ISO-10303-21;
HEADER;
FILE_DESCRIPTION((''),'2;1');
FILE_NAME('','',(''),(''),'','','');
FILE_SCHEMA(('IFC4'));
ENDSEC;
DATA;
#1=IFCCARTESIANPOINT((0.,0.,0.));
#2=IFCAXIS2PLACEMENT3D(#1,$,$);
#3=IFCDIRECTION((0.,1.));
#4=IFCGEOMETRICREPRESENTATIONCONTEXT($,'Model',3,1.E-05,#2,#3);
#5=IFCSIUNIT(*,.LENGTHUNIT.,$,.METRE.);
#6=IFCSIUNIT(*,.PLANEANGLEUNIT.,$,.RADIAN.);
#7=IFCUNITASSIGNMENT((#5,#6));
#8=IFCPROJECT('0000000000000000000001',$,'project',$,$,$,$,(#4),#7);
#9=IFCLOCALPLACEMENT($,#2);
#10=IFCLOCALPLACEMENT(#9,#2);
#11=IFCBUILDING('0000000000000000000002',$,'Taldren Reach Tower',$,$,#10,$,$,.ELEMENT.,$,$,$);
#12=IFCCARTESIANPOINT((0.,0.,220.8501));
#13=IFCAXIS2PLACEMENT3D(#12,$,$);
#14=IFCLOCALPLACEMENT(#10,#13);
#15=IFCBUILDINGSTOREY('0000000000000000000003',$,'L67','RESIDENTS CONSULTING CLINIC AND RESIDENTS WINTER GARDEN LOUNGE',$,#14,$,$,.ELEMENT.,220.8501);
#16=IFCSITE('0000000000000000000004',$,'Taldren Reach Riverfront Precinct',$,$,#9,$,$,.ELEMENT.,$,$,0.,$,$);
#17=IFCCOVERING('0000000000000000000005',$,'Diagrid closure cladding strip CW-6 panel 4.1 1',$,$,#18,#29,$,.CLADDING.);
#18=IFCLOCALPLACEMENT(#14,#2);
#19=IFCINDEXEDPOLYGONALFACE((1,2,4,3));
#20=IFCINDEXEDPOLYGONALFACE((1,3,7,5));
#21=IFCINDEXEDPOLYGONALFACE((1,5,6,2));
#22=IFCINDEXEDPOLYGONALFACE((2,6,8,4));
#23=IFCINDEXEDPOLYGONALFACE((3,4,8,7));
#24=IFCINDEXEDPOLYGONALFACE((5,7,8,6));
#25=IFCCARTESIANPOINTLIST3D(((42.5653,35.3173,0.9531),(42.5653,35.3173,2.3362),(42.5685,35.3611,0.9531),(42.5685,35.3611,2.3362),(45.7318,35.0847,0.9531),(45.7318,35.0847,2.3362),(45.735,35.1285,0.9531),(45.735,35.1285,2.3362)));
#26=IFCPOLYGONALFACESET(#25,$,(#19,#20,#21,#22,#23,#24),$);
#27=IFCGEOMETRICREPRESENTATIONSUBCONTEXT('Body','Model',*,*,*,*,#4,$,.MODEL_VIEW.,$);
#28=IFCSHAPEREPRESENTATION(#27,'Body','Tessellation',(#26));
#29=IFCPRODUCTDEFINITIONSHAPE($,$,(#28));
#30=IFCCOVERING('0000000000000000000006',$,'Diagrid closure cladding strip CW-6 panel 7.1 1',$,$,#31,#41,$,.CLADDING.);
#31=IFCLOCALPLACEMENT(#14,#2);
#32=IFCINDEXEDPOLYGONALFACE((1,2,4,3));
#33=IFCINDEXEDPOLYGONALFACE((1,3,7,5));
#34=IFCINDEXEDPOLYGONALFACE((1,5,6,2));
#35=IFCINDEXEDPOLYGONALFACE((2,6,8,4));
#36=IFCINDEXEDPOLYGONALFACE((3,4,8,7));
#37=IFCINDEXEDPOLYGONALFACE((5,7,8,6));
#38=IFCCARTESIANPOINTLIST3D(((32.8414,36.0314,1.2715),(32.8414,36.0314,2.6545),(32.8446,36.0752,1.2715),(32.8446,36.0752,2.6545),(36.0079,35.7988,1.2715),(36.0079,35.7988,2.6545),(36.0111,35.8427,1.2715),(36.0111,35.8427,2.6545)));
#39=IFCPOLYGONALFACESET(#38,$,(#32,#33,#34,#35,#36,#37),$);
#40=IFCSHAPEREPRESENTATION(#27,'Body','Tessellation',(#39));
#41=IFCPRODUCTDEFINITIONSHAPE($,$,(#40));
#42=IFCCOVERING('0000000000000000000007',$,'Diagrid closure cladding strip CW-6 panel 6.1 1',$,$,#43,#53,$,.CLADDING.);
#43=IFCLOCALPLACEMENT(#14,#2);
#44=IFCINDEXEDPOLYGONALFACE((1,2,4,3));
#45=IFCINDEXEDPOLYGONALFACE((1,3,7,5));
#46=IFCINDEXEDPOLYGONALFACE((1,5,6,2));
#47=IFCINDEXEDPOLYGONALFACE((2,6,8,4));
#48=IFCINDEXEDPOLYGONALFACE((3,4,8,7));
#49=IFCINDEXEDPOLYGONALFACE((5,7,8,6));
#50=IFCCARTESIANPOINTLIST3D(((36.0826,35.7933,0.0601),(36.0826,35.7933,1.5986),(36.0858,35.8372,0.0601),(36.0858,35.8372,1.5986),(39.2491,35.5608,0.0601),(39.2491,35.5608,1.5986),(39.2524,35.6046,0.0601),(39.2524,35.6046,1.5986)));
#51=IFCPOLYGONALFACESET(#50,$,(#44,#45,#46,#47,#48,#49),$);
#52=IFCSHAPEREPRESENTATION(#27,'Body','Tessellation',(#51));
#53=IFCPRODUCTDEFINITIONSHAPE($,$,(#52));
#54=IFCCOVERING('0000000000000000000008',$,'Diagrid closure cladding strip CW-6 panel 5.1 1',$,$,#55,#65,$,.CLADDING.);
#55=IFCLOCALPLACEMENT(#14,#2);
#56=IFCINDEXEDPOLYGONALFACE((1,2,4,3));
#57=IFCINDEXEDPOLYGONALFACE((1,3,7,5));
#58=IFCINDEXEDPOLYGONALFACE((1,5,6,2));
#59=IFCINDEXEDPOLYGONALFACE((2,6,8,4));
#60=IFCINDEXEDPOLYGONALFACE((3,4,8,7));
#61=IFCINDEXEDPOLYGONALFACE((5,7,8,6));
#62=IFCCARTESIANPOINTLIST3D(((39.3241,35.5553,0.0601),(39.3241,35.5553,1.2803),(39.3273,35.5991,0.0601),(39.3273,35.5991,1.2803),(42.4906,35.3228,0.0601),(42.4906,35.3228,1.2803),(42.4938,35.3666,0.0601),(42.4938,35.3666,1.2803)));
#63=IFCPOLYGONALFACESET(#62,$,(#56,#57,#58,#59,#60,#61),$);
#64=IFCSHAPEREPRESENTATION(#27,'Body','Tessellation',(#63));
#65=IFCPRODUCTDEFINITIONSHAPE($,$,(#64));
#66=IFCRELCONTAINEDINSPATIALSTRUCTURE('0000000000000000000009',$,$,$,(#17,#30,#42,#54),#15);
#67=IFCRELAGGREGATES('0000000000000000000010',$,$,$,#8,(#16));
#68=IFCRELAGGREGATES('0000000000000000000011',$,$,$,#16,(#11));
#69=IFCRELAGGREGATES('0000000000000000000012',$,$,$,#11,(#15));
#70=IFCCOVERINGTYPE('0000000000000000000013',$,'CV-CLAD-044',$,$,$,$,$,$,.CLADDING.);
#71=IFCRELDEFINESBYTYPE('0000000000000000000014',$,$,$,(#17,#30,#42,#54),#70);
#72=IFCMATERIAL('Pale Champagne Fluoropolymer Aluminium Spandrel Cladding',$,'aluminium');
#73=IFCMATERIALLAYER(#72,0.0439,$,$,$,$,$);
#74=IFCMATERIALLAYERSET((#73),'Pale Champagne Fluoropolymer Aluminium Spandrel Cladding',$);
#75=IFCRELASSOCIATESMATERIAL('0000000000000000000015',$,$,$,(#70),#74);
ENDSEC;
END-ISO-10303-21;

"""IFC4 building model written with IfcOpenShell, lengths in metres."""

from ifc_helpers import new_model, si_unit, direction, frame, origin, origin_2d, place, context, subcontext, project, spatial, rectangle, extrude, source, transform, mapped, material, layer, layer_set, type_object, element, save


model = new_model("IFC4")

# Units and contexts
model_context = context("Model", 3, precision=1e-05, world=origin(), true_north=direction((0.0, 1.0)))
body_context = subcontext(model_context, "Body", "Model", "MODEL_VIEW")
ifc_project = project(units=[si_unit("LENGTHUNIT", "METRE"), si_unit("PLANEANGLEUNIT", "RADIAN")], contexts=[model_context])

# Site, building, storey
site_placement = place(None, origin())
site = spatial("IfcSite", under=ifc_project, at=site_placement, Name="Taldren Reach Riverfront Precinct", CompositionType="ELEMENT", RefElevation=0.0)
building_placement = place(site_placement, origin())
building = spatial("IfcBuilding", under=site, at=building_placement, Name="Taldren Reach Tower", CompositionType="ELEMENT")
storey_placement = place(building_placement, frame((0.0, 0.0, 220.8501)))
storey = spatial("IfcBuildingStorey", under=building, at=storey_placement, Name="L67", Description="RESIDENTS CONSULTING CLINIC AND RESIDENTS WINTER GARDEN LOUNGE", CompositionType="ELEMENT", Elevation=220.8501)

# Coverings
ifc_material_1 = material(Name="Pale Champagne Fluoropolymer Aluminium Spandrel Cladding", Category="aluminium")
ifc_layer_1 = layer(ifc_material_1, 0.0439)
ifc_layer_set_1 = layer_set([ifc_layer_1], Name="Pale Champagne Fluoropolymer Aluminium Spandrel Cladding")
covering_type = type_object("IfcCoveringType", Name="CV-CLAD-044", PredefinedType="CLADDING", material=ifc_layer_set_1)
shared_shape_1 = source(origin(), body_context, "Body", "SweptSolid", [
    extrude(rectangle(XDim=3.175, YDim=0.0439, at=origin_2d()), origin(), (0.0, 0.0, 1.0), 1.3831),
])
for number, where, z_axis, x_axis, name in (
    (1, (44.1501, 35.2229, 0.9531), (0.0, 0.0, 1.0), (-0.997314, 0.073238, 0.0), "Diagrid closure cladding strip CW-6 panel 4.1 1"),
    (2, (34.4263, 35.937, 1.2715), (0.0, 0.0, 1.0), (-0.997314, 0.073238, 0.0), "Diagrid closure cladding strip CW-6 panel 7.1 1"),
):
    element("IfcCovering", number, at=place(storey_placement, frame(where, z_axis=z_axis, x_axis=x_axis)), inside=storey, type_object=covering_type, Name=name, PredefinedType="CLADDING", context=body_context, shape_type="MappedRepresentation", body=[
        mapped(shared_shape_1, transform((0.0, 0.0, 0.0), scale=1.0)),
    ])
shared_shape_2 = source(origin(), body_context, "Body", "SweptSolid", [
    extrude(rectangle(XDim=3.175, YDim=0.0439, at=origin_2d()), origin(), (0.0, 0.0, 1.0), 1.5386),
])
covering_1_placement = place(storey_placement, frame((37.6675, 35.699, 0.0601), z_axis=(0.0, 0.0, 1.0), x_axis=(-0.997314, 0.073238, 0.0)))
element("IfcCovering", 3, at=covering_1_placement, inside=storey, type_object=covering_type, Name="Diagrid closure cladding strip CW-6 panel 6.1 1", PredefinedType="CLADDING", context=body_context, shape_type="MappedRepresentation", body=[
    mapped(shared_shape_2, transform((0.0, 0.0, 0.0), scale=1.0)),
])
shared_shape_3 = source(origin(), body_context, "Body", "SweptSolid", [
    extrude(rectangle(XDim=3.175, YDim=0.0439, at=origin_2d()), origin(), (0.0, 0.0, 1.0), 1.2202),
])
covering_2_placement = place(storey_placement, frame((40.9089, 35.4609, 0.0601), z_axis=(0.0, 0.0, 1.0), x_axis=(-0.997314, 0.073238, 0.0)))
element("IfcCovering", 4, at=covering_2_placement, inside=storey, type_object=covering_type, Name="Diagrid closure cladding strip CW-6 panel 5.1 1", PredefinedType="CLADDING", context=body_context, shape_type="MappedRepresentation", body=[
    mapped(shared_shape_3, transform((0.0, 0.0, 0.0), scale=1.0)),
])

save(model, "model.ifc")
